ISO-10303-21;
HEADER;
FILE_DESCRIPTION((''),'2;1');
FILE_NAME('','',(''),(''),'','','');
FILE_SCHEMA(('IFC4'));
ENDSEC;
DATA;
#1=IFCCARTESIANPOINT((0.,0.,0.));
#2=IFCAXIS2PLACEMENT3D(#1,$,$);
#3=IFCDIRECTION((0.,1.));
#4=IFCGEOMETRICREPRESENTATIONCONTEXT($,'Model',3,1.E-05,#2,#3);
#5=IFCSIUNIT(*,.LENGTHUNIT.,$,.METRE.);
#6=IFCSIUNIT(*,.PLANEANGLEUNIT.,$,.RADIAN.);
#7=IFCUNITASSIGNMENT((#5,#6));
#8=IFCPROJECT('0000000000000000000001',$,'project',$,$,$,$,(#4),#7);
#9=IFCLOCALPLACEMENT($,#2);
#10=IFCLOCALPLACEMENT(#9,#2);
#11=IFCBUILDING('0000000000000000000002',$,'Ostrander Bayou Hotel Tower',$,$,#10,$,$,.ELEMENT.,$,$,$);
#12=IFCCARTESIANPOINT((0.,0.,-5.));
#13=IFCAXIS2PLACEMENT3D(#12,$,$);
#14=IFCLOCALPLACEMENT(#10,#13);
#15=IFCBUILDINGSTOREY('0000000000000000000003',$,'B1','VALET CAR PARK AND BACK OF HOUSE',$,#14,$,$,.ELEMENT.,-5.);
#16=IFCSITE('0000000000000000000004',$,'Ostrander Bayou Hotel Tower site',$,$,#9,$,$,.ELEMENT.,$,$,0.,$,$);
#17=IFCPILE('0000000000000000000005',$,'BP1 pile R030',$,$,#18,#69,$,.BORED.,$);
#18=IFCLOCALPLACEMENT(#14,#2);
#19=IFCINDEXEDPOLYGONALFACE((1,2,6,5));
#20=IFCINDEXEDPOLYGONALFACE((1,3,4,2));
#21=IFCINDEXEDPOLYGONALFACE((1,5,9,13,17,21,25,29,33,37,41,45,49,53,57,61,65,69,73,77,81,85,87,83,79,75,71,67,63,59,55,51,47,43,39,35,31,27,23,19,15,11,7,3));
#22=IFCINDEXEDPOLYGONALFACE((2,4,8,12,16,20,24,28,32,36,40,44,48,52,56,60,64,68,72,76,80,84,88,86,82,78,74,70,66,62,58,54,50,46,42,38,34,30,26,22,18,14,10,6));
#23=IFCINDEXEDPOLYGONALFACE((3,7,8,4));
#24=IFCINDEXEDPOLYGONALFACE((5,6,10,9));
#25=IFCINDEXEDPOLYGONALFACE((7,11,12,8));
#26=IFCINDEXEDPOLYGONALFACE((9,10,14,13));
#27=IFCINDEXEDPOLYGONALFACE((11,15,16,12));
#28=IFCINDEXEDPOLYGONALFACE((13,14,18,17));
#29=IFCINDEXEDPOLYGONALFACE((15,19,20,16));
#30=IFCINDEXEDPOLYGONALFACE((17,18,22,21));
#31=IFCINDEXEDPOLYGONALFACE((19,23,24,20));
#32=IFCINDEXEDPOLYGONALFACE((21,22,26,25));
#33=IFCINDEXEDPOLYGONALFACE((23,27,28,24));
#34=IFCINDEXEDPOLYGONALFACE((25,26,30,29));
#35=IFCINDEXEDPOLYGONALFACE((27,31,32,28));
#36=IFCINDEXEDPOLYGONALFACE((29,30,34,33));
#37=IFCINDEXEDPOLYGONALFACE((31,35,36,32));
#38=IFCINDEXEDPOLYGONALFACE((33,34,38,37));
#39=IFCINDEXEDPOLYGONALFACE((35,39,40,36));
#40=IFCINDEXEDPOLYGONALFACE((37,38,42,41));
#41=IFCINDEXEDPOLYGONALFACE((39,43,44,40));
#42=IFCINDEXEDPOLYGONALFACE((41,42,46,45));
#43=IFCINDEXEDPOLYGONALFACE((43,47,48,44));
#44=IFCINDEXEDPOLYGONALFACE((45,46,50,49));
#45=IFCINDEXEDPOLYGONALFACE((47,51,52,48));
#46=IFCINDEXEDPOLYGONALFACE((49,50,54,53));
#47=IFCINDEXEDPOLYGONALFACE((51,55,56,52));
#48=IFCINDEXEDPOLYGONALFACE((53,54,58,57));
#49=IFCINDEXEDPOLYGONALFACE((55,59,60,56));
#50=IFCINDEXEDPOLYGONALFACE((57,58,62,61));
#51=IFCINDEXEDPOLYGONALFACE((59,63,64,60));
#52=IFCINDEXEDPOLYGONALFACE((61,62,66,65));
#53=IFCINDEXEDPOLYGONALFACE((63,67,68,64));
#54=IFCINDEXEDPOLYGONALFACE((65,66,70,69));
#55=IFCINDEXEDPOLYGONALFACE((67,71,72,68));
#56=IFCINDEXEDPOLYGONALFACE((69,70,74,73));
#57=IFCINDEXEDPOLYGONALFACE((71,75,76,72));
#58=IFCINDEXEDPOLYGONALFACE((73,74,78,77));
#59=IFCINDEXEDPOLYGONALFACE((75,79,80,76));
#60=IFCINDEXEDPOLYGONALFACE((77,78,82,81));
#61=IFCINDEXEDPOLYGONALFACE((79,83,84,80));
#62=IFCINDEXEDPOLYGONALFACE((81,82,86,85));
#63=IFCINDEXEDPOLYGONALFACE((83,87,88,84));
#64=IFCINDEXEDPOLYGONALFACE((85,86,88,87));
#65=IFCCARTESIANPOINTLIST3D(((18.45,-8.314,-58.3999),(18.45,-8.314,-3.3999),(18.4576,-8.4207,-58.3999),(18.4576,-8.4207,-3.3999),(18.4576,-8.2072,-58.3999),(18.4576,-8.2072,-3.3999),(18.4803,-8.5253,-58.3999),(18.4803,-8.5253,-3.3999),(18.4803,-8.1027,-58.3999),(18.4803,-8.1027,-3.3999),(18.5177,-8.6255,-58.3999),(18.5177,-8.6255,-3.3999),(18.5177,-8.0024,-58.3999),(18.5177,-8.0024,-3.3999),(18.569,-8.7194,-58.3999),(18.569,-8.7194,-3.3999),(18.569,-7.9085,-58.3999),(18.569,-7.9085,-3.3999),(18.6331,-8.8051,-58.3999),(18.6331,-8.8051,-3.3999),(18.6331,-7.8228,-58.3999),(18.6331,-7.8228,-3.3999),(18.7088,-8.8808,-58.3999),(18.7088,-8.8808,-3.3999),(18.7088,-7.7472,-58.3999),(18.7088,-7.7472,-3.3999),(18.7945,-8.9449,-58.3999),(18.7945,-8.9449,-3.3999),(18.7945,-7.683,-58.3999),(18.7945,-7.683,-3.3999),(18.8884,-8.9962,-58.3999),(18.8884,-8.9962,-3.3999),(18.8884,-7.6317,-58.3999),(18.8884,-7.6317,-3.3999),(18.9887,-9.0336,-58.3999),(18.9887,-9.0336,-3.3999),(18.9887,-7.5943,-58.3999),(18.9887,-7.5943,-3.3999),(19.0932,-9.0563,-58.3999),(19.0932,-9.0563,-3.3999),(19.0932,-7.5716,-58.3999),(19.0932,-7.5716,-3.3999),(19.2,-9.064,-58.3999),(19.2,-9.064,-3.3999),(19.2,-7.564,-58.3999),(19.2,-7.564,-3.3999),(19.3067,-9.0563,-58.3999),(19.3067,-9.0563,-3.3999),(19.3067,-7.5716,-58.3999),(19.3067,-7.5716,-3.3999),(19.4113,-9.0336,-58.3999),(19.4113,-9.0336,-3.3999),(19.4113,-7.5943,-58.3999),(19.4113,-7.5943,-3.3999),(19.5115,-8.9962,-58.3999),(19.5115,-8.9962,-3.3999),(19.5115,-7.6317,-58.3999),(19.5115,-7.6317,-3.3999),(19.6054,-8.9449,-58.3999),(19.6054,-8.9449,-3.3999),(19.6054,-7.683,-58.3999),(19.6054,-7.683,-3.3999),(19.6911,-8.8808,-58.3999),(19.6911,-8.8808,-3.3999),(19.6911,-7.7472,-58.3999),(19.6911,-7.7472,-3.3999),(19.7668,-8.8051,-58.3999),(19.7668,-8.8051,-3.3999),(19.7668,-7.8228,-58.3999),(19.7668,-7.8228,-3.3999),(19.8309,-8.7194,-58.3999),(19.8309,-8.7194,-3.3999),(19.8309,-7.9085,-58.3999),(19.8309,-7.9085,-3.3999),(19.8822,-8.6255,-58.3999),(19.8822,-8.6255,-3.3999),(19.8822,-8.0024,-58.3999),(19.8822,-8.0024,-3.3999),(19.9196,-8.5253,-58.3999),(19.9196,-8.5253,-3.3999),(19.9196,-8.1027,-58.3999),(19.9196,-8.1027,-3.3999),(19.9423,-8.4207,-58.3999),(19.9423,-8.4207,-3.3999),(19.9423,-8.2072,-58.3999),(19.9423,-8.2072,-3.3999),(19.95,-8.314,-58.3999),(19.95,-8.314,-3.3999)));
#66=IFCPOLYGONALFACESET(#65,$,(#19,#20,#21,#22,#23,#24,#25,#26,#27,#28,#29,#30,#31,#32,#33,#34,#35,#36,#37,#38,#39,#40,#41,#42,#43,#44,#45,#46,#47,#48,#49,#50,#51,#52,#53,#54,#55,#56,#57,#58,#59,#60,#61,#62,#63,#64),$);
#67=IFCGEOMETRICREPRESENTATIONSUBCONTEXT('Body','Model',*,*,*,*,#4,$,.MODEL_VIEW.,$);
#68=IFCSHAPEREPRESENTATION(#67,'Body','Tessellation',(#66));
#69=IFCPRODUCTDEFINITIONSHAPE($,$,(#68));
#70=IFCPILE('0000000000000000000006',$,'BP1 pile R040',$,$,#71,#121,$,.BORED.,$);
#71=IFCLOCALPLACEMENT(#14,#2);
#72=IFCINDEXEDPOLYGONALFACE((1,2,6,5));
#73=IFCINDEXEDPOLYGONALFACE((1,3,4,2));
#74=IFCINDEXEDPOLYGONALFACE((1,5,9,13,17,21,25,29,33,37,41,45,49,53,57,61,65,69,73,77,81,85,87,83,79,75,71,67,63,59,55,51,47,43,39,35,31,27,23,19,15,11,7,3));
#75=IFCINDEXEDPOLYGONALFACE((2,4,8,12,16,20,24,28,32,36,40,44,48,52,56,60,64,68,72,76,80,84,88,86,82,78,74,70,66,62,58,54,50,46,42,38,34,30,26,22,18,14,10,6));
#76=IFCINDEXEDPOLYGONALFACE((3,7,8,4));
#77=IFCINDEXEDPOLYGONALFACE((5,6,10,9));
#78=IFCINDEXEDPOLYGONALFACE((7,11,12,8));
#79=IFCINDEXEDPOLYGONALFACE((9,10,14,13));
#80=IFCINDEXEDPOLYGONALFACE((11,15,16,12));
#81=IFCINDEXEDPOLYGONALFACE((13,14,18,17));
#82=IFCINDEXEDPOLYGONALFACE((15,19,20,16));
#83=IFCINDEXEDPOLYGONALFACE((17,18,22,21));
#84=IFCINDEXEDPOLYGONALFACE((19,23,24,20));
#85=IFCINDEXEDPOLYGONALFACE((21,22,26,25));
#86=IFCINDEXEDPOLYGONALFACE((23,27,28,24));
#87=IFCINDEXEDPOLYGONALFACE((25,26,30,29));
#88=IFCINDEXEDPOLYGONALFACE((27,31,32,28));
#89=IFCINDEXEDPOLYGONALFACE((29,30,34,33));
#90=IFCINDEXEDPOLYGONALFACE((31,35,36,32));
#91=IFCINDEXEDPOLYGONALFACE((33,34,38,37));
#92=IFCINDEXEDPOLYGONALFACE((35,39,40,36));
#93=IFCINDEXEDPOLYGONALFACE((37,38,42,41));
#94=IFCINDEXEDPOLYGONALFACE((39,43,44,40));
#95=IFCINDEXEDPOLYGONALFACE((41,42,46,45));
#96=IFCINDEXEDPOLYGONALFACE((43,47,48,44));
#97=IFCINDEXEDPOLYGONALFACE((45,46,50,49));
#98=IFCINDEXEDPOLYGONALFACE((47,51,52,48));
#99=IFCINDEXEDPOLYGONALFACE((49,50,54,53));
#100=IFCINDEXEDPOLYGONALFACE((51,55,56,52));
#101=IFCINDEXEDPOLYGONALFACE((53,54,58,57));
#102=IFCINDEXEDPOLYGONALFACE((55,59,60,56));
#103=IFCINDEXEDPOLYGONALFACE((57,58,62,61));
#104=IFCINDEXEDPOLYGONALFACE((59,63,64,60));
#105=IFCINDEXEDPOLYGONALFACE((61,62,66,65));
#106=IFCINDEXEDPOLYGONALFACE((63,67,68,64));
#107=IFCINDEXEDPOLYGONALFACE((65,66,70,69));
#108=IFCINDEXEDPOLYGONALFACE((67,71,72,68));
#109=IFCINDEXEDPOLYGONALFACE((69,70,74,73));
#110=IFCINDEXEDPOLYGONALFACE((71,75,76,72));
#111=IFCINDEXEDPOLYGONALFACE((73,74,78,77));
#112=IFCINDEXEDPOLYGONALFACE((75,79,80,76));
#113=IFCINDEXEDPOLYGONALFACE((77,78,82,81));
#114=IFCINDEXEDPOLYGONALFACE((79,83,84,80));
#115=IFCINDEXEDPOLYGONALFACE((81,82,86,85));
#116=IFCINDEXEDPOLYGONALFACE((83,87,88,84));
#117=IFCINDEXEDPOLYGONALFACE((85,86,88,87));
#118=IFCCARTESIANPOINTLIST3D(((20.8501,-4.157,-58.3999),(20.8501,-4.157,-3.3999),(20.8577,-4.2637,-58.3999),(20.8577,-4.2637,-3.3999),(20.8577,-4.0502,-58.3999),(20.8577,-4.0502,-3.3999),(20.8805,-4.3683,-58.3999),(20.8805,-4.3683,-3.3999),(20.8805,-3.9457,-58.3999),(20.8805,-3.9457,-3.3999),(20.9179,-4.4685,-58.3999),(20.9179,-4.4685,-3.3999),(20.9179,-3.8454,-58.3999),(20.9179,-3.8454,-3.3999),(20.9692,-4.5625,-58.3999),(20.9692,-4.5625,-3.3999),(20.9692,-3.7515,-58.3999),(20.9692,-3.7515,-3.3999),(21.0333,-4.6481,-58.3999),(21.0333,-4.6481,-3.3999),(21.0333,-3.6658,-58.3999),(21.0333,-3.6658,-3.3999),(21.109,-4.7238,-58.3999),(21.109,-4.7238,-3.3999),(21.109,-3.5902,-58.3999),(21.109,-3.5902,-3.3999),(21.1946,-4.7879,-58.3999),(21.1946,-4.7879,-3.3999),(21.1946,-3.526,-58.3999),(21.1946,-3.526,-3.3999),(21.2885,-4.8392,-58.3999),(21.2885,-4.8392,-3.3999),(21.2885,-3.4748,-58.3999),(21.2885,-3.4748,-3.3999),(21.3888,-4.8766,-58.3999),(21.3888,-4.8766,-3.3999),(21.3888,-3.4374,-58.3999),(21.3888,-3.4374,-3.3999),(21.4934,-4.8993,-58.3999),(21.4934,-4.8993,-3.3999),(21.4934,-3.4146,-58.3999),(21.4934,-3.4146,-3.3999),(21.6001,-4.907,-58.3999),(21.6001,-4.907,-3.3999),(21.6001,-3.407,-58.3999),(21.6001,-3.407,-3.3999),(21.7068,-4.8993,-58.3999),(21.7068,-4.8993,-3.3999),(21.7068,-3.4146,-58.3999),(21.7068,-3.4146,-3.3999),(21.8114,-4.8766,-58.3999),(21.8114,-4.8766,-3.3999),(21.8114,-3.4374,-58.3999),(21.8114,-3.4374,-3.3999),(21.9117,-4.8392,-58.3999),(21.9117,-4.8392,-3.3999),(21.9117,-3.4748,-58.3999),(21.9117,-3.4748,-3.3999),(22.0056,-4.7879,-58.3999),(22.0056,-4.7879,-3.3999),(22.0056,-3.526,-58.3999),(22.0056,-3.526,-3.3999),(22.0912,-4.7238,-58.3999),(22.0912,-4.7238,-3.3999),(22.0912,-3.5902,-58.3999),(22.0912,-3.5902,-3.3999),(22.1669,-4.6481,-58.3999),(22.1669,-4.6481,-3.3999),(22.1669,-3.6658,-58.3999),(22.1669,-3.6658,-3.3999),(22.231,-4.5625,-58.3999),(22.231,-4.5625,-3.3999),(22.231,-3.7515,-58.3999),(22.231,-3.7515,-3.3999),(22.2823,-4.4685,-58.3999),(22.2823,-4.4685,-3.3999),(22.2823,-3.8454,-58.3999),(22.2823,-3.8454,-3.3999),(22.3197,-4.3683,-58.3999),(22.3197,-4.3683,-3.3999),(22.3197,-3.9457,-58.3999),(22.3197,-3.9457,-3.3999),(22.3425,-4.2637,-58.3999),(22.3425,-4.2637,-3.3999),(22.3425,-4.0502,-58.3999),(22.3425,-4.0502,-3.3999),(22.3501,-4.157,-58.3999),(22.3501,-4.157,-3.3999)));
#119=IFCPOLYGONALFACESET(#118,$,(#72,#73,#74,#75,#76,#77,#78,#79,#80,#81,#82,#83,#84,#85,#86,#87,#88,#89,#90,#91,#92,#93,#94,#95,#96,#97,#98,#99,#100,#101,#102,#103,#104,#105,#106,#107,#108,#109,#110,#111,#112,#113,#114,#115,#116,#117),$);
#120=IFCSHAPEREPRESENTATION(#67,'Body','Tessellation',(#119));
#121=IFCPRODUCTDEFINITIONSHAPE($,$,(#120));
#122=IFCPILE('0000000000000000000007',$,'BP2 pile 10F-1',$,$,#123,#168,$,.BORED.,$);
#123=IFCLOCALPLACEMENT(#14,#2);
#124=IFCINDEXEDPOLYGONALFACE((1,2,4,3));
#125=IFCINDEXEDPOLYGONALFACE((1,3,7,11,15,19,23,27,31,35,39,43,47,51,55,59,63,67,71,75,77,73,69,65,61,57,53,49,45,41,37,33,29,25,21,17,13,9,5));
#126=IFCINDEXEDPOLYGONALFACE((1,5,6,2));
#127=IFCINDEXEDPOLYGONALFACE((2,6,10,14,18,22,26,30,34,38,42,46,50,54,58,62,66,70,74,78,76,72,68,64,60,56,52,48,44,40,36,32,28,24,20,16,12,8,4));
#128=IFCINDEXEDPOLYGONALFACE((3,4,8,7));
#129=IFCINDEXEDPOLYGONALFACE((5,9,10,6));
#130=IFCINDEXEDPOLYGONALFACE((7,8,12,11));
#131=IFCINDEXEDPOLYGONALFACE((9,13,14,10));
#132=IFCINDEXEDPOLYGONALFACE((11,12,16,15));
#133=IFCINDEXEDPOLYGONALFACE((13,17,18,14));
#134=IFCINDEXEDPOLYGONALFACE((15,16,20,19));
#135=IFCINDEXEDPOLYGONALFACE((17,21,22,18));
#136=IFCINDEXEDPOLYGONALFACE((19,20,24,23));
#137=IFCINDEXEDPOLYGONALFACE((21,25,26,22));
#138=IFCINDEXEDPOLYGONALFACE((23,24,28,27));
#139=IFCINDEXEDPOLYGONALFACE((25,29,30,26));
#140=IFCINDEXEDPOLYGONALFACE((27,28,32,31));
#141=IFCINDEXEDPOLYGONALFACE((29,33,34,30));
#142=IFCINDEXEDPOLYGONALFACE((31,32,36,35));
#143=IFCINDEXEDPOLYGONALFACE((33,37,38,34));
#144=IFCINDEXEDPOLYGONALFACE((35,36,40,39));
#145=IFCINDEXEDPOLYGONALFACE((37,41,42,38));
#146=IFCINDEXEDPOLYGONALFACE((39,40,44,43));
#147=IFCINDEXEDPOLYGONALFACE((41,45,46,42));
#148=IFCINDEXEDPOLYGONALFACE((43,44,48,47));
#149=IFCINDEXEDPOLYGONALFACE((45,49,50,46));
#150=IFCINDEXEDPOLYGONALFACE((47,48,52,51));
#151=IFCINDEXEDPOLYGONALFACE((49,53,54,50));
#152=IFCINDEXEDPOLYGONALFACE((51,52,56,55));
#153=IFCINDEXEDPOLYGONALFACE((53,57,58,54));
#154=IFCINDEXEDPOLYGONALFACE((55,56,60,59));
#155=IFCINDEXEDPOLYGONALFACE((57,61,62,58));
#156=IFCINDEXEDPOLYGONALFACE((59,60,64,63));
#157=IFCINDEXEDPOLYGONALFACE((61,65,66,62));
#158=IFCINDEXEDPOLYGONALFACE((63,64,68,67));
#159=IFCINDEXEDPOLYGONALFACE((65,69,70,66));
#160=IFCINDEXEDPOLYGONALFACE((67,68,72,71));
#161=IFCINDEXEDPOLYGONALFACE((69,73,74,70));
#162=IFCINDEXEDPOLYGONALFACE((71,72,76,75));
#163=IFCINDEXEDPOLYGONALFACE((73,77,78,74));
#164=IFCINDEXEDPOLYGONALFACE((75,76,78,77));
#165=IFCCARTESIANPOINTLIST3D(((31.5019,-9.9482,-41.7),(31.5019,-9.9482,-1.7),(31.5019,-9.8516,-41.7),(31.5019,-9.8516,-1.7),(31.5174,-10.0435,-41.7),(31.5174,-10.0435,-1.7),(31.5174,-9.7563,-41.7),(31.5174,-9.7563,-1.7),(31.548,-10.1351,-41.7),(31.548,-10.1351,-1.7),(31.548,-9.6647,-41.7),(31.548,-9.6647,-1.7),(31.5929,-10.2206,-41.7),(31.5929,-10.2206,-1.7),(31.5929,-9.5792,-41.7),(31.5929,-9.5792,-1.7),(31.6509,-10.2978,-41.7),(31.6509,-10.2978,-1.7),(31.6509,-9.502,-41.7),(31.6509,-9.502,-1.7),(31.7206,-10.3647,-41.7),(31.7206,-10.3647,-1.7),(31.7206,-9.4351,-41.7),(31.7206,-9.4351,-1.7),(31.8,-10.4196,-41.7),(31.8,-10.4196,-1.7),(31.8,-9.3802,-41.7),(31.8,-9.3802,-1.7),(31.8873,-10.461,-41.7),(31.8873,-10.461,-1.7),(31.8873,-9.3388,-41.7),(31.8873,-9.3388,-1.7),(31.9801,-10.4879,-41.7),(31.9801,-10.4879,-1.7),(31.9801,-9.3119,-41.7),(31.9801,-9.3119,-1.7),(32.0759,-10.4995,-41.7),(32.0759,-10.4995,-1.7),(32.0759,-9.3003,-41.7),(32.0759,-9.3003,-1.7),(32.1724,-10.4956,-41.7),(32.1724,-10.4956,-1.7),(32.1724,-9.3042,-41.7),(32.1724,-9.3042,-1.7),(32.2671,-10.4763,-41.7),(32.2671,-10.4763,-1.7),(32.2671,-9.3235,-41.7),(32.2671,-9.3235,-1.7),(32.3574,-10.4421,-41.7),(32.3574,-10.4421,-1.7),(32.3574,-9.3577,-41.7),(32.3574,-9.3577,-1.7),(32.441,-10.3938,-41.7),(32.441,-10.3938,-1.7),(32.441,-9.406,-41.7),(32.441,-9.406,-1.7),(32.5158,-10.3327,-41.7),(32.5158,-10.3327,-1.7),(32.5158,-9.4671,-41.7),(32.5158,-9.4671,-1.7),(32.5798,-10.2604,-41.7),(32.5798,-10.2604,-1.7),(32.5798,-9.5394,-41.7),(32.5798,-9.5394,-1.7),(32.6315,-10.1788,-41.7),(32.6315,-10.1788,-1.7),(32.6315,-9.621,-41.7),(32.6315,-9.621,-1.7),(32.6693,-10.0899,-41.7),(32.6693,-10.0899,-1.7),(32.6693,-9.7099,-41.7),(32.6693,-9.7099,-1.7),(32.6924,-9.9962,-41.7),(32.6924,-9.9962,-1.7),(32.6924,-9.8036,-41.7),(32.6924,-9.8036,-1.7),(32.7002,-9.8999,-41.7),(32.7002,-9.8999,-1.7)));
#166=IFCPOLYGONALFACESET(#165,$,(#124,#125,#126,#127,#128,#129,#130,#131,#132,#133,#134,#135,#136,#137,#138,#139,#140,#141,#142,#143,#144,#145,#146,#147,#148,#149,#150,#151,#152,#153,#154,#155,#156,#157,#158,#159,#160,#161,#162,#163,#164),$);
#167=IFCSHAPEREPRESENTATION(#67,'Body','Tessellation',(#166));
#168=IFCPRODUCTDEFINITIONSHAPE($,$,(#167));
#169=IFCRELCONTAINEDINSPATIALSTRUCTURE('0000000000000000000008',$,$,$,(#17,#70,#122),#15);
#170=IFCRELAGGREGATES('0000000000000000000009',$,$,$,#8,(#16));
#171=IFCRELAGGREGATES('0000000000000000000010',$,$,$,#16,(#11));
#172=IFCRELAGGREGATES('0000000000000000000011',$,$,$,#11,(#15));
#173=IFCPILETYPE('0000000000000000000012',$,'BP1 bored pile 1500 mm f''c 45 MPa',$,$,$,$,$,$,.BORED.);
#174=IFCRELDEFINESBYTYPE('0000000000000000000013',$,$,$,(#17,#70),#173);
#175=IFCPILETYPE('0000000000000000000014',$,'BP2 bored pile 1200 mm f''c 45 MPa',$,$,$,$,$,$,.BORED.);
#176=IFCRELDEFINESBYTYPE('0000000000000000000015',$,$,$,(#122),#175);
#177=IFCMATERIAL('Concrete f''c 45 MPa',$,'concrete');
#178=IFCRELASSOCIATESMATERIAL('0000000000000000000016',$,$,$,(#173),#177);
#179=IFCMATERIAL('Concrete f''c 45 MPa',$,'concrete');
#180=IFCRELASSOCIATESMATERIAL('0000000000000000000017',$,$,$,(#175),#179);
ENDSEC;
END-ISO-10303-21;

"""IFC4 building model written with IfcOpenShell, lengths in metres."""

from ifc_helpers import new_model, si_unit, direction, frame, origin, origin_2d, place, context, subcontext, project, spatial, circle, extrude, material, material_profile, profile_set, type_object, element, save


model = new_model("IFC4")

# Units and contexts
model_context = context("Model", 3, precision=1e-05, world=origin(), true_north=direction((0.0, 1.0)))
body_context = subcontext(model_context, "Body", "Model", "MODEL_VIEW")
ifc_project = project(units=[si_unit("LENGTHUNIT", "METRE"), si_unit("PLANEANGLEUNIT", "RADIAN")], contexts=[model_context])

# Site, building, storey
site_placement = place(None, origin())
site = spatial("IfcSite", under=ifc_project, at=site_placement, Name="Ostrander Bayou Hotel Tower site", CompositionType="ELEMENT", RefElevation=0.0)
building_placement = place(site_placement, origin())
building = spatial("IfcBuilding", under=site, at=building_placement, Name="Ostrander Bayou Hotel Tower", CompositionType="ELEMENT")
storey_placement = place(building_placement, frame((0.0, 0.0, -5.0)))
storey = spatial("IfcBuildingStorey", under=building, at=storey_placement, Name="B1", Description="VALET CAR PARK AND BACK OF HOUSE", CompositionType="ELEMENT", Elevation=-5.0)

# Piles
ifc_material_1 = material(Name="Concrete f'c 45 MPa", Category="concrete")
ifc_material_profile_1 = material_profile(ifc_material_1, circle(Radius=0.75, at=origin_2d()))
ifc_profile_set_1 = profile_set([ifc_material_profile_1], Name="Concrete f'c 45 MPa")
pile_type_1 = type_object("IfcPileType", Name="BP1 bored pile 1500 mm f'c 45 MPa", PredefinedType="BORED", material=ifc_profile_set_1)
for number, where, z_axis, x_axis, name in (
    (1, (19.2, -8.314, -3.3999), (0.0, 0.0, -1.0), (1.0, 0.0, 0.0), "BP1 pile R030"),
    (2, (21.6001, -4.157, -3.3999), (0.0, 0.0, -1.0), (1.0, 0.0, 0.0), "BP1 pile R040"),
):
    element("IfcPile", number, at=place(storey_placement, frame(where, z_axis=z_axis, x_axis=x_axis)), inside=storey, type_object=pile_type_1, Name=name, PredefinedType="BORED", context=body_context, shape_type="SweptSolid", body=[
        extrude(circle(Radius=0.75, at=origin_2d()), origin(), (0.0, 0.0, 1.0), 55.0),
    ])
ifc_material_2 = material(Name="Concrete f'c 45 MPa", Category="concrete")
ifc_material_profile_2 = material_profile(ifc_material_2, circle(Radius=0.6001, at=origin_2d()))
ifc_profile_set_2 = profile_set([ifc_material_profile_2], Name="Concrete f'c 45 MPa")
pile_type_2 = type_object("IfcPileType", Name="BP2 bored pile 1200 mm f'c 45 MPa", PredefinedType="BORED", material=ifc_profile_set_2)
for number, where, z_axis, x_axis, name in (
    (3, (32.1001, -9.8999, -1.7), (0.0, 0.0, -1.0), (1.0, 0.0, 0.0), "BP2 pile 10F-1"),
):
    element("IfcPile", number, at=place(storey_placement, frame(where, z_axis=z_axis, x_axis=x_axis)), inside=storey, type_object=pile_type_2, Name=name, PredefinedType="BORED", context=body_context, shape_type="SweptSolid", body=[
        extrude(circle(Radius=0.6001, at=origin_2d()), origin(), (0.0, 0.0, 1.0), 40.0),
    ])

save(model, "model.ifc")
